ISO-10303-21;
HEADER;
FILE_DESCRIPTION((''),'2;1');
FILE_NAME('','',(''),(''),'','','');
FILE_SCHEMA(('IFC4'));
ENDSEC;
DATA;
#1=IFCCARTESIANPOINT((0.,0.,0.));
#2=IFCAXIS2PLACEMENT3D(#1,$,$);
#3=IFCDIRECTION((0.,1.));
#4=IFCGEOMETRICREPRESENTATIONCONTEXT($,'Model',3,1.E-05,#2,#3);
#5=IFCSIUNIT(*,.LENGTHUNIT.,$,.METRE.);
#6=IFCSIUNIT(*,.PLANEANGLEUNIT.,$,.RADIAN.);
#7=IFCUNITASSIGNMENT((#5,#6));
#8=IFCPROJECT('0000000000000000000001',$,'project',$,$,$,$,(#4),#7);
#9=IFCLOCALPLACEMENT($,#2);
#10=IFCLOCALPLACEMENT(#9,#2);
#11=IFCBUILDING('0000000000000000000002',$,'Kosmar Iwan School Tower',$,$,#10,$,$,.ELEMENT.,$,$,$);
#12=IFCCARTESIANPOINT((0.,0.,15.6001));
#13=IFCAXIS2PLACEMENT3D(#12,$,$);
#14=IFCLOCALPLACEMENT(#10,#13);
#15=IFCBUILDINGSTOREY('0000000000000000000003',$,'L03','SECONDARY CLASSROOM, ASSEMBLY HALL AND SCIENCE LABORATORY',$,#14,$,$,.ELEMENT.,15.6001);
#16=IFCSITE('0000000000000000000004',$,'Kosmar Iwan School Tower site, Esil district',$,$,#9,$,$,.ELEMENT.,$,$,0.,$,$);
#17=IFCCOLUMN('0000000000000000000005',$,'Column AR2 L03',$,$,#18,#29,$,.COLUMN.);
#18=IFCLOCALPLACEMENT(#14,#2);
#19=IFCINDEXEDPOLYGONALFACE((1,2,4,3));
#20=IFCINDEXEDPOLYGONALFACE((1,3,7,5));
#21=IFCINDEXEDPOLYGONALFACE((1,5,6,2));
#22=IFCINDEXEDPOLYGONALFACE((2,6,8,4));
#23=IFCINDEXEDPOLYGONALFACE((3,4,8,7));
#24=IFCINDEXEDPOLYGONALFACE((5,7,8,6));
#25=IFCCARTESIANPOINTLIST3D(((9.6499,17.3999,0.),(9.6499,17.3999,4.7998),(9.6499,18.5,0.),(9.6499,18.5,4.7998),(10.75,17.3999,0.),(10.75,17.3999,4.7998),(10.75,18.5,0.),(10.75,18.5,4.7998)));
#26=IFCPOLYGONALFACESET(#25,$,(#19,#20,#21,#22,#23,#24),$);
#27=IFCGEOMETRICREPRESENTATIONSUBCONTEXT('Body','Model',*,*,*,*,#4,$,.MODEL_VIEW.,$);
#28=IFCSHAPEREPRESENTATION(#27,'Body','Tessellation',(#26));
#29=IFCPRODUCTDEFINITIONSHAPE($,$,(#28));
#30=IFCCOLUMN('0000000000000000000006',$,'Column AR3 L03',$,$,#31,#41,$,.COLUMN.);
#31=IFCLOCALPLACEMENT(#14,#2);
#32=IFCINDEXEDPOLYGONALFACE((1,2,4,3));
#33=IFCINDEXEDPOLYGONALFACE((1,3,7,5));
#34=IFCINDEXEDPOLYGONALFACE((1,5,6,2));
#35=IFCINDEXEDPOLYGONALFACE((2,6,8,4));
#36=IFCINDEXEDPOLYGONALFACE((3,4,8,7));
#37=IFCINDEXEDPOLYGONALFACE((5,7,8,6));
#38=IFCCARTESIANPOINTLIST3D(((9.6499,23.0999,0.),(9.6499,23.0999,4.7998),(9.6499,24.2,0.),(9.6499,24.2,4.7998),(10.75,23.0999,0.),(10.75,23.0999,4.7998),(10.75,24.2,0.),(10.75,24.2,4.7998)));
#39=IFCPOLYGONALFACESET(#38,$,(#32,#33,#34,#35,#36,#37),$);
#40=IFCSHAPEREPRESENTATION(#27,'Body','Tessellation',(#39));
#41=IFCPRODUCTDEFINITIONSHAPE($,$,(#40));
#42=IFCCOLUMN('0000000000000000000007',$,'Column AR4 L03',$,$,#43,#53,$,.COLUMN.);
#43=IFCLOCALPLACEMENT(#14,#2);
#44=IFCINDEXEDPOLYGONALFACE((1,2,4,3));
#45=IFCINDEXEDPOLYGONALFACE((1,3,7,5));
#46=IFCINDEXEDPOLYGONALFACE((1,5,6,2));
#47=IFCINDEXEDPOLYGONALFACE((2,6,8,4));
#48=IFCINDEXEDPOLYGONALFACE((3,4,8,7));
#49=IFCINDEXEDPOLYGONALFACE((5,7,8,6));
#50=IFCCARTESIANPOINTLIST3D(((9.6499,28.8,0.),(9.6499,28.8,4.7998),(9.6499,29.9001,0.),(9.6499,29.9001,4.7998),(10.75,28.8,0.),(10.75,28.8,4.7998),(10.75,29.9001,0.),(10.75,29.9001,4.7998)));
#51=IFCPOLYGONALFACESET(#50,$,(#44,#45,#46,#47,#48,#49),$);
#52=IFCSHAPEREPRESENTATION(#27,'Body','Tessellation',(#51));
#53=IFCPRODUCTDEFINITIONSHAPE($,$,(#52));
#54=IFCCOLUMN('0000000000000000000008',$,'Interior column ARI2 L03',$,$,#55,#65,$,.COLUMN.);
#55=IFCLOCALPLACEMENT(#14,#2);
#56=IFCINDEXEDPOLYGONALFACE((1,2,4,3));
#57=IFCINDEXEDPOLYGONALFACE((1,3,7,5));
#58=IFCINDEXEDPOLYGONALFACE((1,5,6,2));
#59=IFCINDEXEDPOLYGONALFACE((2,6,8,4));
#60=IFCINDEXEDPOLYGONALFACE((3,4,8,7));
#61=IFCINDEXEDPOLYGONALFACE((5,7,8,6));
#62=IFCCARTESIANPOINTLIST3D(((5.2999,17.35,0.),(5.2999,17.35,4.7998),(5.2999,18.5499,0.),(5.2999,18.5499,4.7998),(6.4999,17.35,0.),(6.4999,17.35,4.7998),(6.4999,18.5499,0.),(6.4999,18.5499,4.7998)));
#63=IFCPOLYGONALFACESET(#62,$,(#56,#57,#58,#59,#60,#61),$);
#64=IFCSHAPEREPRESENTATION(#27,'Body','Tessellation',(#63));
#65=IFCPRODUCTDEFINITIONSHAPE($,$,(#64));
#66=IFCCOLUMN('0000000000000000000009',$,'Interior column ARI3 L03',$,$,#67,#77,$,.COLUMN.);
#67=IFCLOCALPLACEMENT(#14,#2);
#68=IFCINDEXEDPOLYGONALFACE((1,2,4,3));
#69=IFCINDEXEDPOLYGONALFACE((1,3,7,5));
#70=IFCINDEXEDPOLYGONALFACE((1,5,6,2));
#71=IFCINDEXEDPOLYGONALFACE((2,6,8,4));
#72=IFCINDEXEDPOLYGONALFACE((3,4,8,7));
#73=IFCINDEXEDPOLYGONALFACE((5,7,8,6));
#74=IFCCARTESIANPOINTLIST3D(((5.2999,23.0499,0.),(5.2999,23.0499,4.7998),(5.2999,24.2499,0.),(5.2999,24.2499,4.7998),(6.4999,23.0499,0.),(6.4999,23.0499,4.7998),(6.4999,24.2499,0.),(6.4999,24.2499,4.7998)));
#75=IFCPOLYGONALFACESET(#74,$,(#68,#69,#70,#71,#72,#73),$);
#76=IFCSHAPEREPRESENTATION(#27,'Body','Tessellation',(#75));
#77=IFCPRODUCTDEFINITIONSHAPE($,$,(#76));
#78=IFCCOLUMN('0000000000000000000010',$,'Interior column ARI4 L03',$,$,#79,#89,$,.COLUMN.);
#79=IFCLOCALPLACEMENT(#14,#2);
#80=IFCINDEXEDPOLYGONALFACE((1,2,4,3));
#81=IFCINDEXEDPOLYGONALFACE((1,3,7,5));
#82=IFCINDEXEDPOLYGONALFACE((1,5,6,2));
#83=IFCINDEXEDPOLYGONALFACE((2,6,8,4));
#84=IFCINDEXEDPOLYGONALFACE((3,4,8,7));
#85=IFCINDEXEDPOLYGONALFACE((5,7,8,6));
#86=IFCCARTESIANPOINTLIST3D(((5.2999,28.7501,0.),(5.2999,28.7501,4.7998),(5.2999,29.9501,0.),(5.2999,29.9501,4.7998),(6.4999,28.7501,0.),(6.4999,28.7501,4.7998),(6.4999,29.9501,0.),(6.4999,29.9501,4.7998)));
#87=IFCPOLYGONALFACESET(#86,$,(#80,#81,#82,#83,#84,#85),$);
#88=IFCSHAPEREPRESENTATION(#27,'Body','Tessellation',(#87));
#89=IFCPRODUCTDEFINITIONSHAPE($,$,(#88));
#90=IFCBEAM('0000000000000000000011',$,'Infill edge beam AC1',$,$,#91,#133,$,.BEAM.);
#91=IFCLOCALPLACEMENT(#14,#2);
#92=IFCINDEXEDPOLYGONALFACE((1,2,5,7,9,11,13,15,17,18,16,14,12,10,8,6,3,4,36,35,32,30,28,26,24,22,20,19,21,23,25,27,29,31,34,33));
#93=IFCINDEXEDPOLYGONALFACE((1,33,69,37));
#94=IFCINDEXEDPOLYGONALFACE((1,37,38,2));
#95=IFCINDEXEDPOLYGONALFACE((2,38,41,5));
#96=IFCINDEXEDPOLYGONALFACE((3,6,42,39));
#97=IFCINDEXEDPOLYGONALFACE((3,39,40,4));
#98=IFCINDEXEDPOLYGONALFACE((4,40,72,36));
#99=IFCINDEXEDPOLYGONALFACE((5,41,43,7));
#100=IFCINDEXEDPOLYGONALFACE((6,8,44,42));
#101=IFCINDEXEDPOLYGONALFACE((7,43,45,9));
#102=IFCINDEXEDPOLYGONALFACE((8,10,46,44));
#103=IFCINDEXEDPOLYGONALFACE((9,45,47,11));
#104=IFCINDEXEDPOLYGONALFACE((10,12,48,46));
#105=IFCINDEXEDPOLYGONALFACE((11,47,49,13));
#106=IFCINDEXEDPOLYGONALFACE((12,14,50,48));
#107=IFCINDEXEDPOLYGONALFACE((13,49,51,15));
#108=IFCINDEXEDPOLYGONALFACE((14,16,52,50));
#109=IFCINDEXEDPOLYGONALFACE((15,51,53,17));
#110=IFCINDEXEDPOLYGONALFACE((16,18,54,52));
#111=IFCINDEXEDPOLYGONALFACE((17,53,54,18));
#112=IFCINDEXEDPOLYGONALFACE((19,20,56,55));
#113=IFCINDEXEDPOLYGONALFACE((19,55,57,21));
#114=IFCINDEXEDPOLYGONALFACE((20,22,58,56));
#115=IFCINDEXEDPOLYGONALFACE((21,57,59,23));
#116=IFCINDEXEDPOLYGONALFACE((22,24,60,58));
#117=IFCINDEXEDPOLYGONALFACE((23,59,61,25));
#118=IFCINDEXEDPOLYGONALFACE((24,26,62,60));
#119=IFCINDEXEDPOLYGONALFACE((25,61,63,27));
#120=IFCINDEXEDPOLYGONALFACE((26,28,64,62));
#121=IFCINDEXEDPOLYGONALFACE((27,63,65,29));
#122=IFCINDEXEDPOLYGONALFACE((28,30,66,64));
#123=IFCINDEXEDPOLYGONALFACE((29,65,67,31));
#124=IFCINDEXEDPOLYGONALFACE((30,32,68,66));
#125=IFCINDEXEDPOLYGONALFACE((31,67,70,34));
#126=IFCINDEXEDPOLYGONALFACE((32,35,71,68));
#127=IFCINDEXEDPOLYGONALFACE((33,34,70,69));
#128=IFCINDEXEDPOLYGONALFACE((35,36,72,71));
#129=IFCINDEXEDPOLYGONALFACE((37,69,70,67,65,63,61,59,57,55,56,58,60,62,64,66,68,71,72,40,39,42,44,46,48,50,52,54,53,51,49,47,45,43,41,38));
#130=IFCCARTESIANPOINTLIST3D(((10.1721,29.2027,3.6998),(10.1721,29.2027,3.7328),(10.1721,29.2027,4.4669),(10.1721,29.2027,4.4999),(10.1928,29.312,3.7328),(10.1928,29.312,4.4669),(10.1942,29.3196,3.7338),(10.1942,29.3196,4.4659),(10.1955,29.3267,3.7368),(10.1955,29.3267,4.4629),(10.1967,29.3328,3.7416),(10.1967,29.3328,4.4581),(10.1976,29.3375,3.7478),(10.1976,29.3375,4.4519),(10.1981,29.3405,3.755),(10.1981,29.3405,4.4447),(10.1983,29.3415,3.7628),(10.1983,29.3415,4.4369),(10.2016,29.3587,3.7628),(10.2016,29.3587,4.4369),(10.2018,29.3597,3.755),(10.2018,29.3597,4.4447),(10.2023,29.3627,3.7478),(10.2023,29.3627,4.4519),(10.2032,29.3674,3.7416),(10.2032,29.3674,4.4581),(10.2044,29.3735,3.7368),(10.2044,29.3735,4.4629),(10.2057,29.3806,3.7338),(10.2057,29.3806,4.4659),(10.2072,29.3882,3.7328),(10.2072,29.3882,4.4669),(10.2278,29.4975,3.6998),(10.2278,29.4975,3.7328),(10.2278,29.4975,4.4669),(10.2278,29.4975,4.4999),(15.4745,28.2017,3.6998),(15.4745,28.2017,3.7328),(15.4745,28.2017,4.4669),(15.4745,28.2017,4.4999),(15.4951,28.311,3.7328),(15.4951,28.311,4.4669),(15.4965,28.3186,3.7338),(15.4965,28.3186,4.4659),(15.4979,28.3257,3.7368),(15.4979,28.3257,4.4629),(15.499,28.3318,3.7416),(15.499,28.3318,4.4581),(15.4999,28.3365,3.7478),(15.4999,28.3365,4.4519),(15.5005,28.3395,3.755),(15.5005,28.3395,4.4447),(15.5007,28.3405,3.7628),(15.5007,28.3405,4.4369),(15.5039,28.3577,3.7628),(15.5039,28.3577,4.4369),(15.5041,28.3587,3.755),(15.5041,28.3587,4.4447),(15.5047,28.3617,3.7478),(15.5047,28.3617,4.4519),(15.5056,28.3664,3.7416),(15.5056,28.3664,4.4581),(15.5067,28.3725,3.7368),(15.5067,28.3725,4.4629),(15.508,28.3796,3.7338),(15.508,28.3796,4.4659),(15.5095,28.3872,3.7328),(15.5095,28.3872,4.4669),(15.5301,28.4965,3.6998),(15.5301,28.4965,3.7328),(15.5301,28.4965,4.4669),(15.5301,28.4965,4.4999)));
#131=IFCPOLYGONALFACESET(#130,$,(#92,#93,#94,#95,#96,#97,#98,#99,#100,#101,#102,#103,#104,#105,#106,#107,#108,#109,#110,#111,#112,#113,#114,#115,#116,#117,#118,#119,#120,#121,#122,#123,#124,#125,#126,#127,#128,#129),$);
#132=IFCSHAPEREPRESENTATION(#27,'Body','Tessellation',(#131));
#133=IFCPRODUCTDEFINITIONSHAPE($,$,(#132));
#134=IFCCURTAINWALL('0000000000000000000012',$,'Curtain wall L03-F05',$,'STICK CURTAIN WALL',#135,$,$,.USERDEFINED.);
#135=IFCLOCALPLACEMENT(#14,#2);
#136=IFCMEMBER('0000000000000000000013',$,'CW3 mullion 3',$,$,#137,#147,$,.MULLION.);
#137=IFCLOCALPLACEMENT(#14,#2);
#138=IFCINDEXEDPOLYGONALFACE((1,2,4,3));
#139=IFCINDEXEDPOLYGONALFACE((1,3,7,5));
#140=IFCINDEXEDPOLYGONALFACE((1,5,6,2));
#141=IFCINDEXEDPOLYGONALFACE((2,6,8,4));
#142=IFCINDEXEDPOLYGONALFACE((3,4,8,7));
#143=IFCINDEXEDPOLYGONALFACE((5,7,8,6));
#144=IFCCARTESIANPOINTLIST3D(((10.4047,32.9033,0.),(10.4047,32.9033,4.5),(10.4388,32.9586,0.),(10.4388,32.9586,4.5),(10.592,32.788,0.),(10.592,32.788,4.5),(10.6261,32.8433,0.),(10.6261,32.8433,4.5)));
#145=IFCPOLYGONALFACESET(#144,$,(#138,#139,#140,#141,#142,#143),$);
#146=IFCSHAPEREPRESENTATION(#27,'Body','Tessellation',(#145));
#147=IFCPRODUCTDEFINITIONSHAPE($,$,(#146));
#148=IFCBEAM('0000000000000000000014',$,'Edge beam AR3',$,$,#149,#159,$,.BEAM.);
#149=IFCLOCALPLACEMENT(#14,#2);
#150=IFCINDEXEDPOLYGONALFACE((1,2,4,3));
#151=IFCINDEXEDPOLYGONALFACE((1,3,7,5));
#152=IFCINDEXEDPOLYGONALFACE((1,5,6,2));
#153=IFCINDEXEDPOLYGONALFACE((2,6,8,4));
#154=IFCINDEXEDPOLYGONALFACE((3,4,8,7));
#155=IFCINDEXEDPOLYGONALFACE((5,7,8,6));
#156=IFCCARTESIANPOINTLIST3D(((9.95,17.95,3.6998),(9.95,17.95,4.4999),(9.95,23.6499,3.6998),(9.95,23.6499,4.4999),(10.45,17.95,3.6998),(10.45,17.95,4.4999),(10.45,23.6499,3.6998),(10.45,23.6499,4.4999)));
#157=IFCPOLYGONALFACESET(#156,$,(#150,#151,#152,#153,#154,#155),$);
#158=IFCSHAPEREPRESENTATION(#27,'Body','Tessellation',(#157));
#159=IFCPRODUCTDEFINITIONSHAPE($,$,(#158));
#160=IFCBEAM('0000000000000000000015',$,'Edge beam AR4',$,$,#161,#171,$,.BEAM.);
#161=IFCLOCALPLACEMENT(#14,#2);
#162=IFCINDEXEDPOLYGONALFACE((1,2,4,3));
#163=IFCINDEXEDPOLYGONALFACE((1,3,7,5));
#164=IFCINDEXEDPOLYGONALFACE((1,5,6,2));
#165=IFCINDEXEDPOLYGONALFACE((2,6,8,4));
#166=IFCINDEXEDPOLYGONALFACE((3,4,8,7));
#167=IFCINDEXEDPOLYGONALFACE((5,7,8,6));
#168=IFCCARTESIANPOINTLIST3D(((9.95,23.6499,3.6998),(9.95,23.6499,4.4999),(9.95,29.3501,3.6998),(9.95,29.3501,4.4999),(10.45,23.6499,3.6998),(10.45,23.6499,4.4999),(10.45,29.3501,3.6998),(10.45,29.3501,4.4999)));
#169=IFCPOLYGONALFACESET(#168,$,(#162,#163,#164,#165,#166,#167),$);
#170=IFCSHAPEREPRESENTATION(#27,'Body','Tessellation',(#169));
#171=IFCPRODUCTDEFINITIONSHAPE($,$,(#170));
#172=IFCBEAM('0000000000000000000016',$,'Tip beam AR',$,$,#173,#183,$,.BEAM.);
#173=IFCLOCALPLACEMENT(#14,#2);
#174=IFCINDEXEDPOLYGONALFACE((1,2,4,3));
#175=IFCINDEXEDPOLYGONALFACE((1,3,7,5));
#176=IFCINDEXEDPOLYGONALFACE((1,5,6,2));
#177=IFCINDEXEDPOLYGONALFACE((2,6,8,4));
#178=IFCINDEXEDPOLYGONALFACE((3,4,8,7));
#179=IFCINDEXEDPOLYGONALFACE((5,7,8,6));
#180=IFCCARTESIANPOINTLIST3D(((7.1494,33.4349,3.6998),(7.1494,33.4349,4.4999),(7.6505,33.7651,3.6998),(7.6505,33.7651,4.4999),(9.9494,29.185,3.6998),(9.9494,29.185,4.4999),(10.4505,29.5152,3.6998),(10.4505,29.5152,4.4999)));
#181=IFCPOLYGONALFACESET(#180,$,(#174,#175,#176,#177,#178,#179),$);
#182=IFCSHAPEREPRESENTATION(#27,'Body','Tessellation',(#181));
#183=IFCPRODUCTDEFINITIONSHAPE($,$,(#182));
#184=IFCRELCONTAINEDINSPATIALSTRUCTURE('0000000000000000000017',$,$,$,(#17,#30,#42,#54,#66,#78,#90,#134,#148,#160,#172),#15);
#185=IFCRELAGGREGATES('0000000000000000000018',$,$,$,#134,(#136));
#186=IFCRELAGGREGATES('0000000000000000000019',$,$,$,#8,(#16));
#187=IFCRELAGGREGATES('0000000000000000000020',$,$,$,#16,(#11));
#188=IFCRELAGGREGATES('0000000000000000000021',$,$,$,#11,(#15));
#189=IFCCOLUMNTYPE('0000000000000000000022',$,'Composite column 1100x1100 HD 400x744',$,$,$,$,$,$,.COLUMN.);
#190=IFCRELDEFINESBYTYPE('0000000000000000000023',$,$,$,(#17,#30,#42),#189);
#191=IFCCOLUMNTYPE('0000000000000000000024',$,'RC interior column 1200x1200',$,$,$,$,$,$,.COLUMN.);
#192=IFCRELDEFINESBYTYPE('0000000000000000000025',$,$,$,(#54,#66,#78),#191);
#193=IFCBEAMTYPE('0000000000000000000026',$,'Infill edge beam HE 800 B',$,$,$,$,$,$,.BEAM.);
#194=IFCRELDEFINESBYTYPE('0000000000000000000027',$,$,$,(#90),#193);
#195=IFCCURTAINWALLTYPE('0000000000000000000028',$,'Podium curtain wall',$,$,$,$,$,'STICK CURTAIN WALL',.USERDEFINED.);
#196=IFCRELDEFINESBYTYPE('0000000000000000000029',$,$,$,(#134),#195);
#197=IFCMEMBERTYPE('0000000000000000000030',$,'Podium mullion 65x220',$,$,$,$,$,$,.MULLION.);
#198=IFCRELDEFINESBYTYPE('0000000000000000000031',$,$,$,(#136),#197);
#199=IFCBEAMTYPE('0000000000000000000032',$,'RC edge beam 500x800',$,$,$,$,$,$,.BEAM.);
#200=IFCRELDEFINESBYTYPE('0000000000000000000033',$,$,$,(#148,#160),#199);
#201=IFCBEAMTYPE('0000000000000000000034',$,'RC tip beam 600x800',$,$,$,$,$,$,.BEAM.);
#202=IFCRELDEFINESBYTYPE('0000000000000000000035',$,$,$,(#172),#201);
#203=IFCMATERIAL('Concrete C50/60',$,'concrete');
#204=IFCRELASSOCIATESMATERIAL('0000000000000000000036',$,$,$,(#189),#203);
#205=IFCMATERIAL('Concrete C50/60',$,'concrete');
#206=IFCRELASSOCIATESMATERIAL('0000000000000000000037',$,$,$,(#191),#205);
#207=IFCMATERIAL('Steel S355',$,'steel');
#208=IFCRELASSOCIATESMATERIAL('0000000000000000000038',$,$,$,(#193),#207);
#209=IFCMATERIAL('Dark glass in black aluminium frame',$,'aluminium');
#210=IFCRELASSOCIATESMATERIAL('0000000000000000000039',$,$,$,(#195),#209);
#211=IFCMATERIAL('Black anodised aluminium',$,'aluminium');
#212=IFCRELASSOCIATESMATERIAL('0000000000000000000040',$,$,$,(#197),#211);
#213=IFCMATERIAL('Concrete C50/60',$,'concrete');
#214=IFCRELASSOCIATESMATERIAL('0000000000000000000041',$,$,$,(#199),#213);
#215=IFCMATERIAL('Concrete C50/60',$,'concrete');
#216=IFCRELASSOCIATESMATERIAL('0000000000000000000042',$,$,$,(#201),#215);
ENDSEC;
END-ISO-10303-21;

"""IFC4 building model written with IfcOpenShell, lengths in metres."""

from ifc_helpers import new_model, si_unit, direction, frame, origin, origin_2d, place, context, subcontext, project, spatial, rectangle, i_section, extrude, material, material_profile, profile_set, type_object, element, aggregate, save


model = new_model("IFC4")

# Units and contexts
model_context = context("Model", 3, precision=1e-05, world=origin(), true_north=direction((0.0, 1.0)))
body_context = subcontext(model_context, "Body", "Model", "MODEL_VIEW")
ifc_project = project(units=[si_unit("LENGTHUNIT", "METRE"), si_unit("PLANEANGLEUNIT", "RADIAN")], contexts=[model_context])

# Site, building, storey
site_placement = place(None, origin())
site = spatial("IfcSite", under=ifc_project, at=site_placement, Name="Kosmar Iwan School Tower site, Esil district", CompositionType="ELEMENT", RefElevation=0.0)
building_placement = place(site_placement, origin())
building = spatial("IfcBuilding", under=site, at=building_placement, Name="Kosmar Iwan School Tower", CompositionType="ELEMENT")
storey_placement = place(building_placement, frame((0.0, 0.0, 15.6001)))
storey = spatial("IfcBuildingStorey", under=building, at=storey_placement, Name="L03", Description="SECONDARY CLASSROOM, ASSEMBLY HALL AND SCIENCE LABORATORY", CompositionType="ELEMENT", Elevation=15.6001)

# Columns
ifc_material_1 = material(Name="Concrete C50/60", Category="concrete")
ifc_material_profile_1 = material_profile(ifc_material_1, rectangle(XDim=1.1001, YDim=1.1001, at=origin_2d()), Name="RC 1100x1100 + HD 400x744")
ifc_profile_set_1 = profile_set([ifc_material_profile_1], Name="Concrete C50/60")
column_type_1 = type_object("IfcColumnType", Name="Composite column 1100x1100 HD 400x744", PredefinedType="COLUMN", material=ifc_profile_set_1)
for number, where, z_axis, x_axis, name in (
    (1, (10.2, 17.95, 0.0), (0.0, 0.0, 1.0), (0.0, 1.0, 0.0), "Column AR2 L03"),
    (2, (10.2, 23.6499, 0.0), (0.0, 0.0, 1.0), (0.0, 1.0, 0.0), "Column AR3 L03"),
    (3, (10.2, 29.3501, 0.0), (0.0, 0.0, 1.0), (0.0, 1.0, 0.0), "Column AR4 L03"),
):
    element("IfcColumn", number, at=place(storey_placement, frame(where, z_axis=z_axis, x_axis=x_axis)), inside=storey, type_object=column_type_1, Name=name, PredefinedType="COLUMN", context=body_context, shape_type="SweptSolid", body=[
        extrude(rectangle(XDim=1.1001, YDim=1.1001, at=origin_2d()), origin(), (0.0, 0.0, 1.0), 4.7998),
    ])
ifc_material_2 = material(Name="Concrete C50/60", Category="concrete")
ifc_material_profile_2 = material_profile(ifc_material_2, rectangle(XDim=1.2, YDim=1.2, at=origin_2d()), Name="RC 1200x1200")
ifc_profile_set_2 = profile_set([ifc_material_profile_2], Name="Concrete C50/60")
column_type_2 = type_object("IfcColumnType", Name="RC interior column 1200x1200", PredefinedType="COLUMN", material=ifc_profile_set_2)
for number, where, z_axis, x_axis, name in (
    (4, (5.8999, 17.95, 0.0), (0.0, 0.0, 1.0), (0.0, 1.0, 0.0), "Interior column ARI2 L03"),
    (5, (5.8999, 23.6499, 0.0), (0.0, 0.0, 1.0), (0.0, 1.0, 0.0), "Interior column ARI3 L03"),
    (6, (5.8999, 29.3501, 0.0), (0.0, 0.0, 1.0), (0.0, 1.0, 0.0), "Interior column ARI4 L03"),
):
    element("IfcColumn", number, at=place(storey_placement, frame(where, z_axis=z_axis, x_axis=x_axis)), inside=storey, type_object=column_type_2, Name=name, PredefinedType="COLUMN", context=body_context, shape_type="SweptSolid", body=[
        extrude(rectangle(XDim=1.2, YDim=1.2, at=origin_2d()), origin(), (0.0, 0.0, 1.0), 4.7998),
    ])

# Beam
ifc_material_3 = material(Name="Steel S355", Category="steel")
ifc_material_profile_3 = material_profile(ifc_material_3, i_section(OverallWidth=0.3, OverallDepth=0.8, WebThickness=0.0176, FlangeThickness=0.033, FilletRadius=0.03, at=origin_2d()), Name="HE 800 B")
ifc_profile_set_3 = profile_set([ifc_material_profile_3], Name="Steel S355")
beam_type_1 = type_object("IfcBeamType", Name="Infill edge beam HE 800 B", PredefinedType="BEAM", material=ifc_profile_set_3)
beam_1_placement = place(storey_placement, frame((10.2, 29.3501, 4.0999), z_axis=(0.982643, -0.185507, 0.0), x_axis=(0.185507, 0.982643, 0.0)))
element("IfcBeam", 7, at=beam_1_placement, inside=storey, type_object=beam_type_1, Name="Infill edge beam AC1", PredefinedType="BEAM", context=body_context, shape_type="SweptSolid", body=[
    extrude(i_section(OverallWidth=0.3, OverallDepth=0.8, WebThickness=0.0176, FlangeThickness=0.033, FilletRadius=0.03, at=origin_2d()), origin(), (0.0, 0.0, 1.0), 5.396),
])

# Curtain wall, member
ifc_material_4 = material(Name="Dark glass in black aluminium frame", Category="aluminium")
curtain_wall_type = type_object("IfcCurtainWallType", Name="Podium curtain wall", ElementType="STICK CURTAIN WALL", PredefinedType="USERDEFINED", material=ifc_material_4)
curtain_wall_placement = place(storey_placement, origin())
curtain_wall = element("IfcCurtainWall", 8, at=curtain_wall_placement, inside=storey, type_object=curtain_wall_type, Name="Curtain wall L03-F05", ObjectType="STICK CURTAIN WALL", PredefinedType="USERDEFINED")
ifc_material_5 = material(Name="Black anodised aluminium", Category="aluminium")
ifc_material_profile_4 = material_profile(ifc_material_5, rectangle(XDim=0.0649, YDim=0.22, at=origin_2d()), Name="MULLION 65x220")
ifc_profile_set_4 = profile_set([ifc_material_profile_4], Name="Black anodised aluminium")
member_type_1 = type_object("IfcMemberType", Name="Podium mullion 65x220", PredefinedType="MULLION", material=ifc_profile_set_4)
member_1_placement = place(storey_placement, frame((10.5154, 32.8733, 0.0), z_axis=(0.0, 0.0, 1.0), x_axis=(-0.524382, -0.851483, 0.0)))
member_1 = element("IfcMember", 9, at=member_1_placement, type_object=member_type_1, Name="CW3 mullion 3", PredefinedType="MULLION", context=body_context, shape_type="SweptSolid", body=[
    extrude(rectangle(XDim=0.0649, YDim=0.22, at=origin_2d()), origin(), (0.0, 0.0, 1.0), 4.5),
])

# Beams
ifc_material_6 = material(Name="Concrete C50/60", Category="concrete")
ifc_material_profile_5 = material_profile(ifc_material_6, rectangle(XDim=0.5, YDim=0.8, at=origin_2d()), Name="RC 500x800")
ifc_profile_set_5 = profile_set([ifc_material_profile_5], Name="Concrete C50/60")
beam_type_2 = type_object("IfcBeamType", Name="RC edge beam 500x800", PredefinedType="BEAM", material=ifc_profile_set_5)
beam_2_placement = place(storey_placement, frame((10.2, 17.95, 4.0999), z_axis=(0.0, 1.0, 0.0), x_axis=(-1.0, 0.0, 0.0)))
element("IfcBeam", 10, at=beam_2_placement, inside=storey, type_object=beam_type_2, Name="Edge beam AR3", PredefinedType="BEAM", context=body_context, shape_type="SweptSolid", body=[
    extrude(rectangle(XDim=0.5, YDim=0.8, at=origin_2d()), origin(), (0.0, 0.0, 1.0), 5.7),
])
beam_3_placement = place(storey_placement, frame((10.2, 23.6499, 4.0999), z_axis=(0.0, 1.0, 0.0), x_axis=(-1.0, 0.0, 0.0)))
element("IfcBeam", 11, at=beam_3_placement, inside=storey, type_object=beam_type_2, Name="Edge beam AR4", PredefinedType="BEAM", context=body_context, shape_type="SweptSolid", body=[
    extrude(rectangle(XDim=0.5, YDim=0.8, at=origin_2d()), origin(), (0.0, 0.0, 1.0), 5.7002),
])
ifc_material_7 = material(Name="Concrete C50/60", Category="concrete")
ifc_material_profile_6 = material_profile(ifc_material_7, rectangle(XDim=0.6001, YDim=0.8, at=origin_2d()), Name="RC 600x800")
ifc_profile_set_6 = profile_set([ifc_material_profile_6], Name="Concrete C50/60")
beam_type_3 = type_object("IfcBeamType", Name="RC tip beam 600x800", PredefinedType="BEAM", material=ifc_profile_set_6)
beam_4_placement = place(storey_placement, frame((10.2, 29.3501, 4.0999), z_axis=(-0.550164, 0.835056, 0.0), x_axis=(-0.835056, -0.550164, 0.0)))
element("IfcBeam", 12, at=beam_4_placement, inside=storey, type_object=beam_type_3, Name="Tip beam AR", PredefinedType="BEAM", context=body_context, shape_type="SweptSolid", body=[
    extrude(rectangle(XDim=0.6001, YDim=0.8, at=origin_2d()), origin(), (0.0, 0.0, 1.0), 5.0894),
])

aggregate(curtain_wall, [member_1])

save(model, "model.ifc")
